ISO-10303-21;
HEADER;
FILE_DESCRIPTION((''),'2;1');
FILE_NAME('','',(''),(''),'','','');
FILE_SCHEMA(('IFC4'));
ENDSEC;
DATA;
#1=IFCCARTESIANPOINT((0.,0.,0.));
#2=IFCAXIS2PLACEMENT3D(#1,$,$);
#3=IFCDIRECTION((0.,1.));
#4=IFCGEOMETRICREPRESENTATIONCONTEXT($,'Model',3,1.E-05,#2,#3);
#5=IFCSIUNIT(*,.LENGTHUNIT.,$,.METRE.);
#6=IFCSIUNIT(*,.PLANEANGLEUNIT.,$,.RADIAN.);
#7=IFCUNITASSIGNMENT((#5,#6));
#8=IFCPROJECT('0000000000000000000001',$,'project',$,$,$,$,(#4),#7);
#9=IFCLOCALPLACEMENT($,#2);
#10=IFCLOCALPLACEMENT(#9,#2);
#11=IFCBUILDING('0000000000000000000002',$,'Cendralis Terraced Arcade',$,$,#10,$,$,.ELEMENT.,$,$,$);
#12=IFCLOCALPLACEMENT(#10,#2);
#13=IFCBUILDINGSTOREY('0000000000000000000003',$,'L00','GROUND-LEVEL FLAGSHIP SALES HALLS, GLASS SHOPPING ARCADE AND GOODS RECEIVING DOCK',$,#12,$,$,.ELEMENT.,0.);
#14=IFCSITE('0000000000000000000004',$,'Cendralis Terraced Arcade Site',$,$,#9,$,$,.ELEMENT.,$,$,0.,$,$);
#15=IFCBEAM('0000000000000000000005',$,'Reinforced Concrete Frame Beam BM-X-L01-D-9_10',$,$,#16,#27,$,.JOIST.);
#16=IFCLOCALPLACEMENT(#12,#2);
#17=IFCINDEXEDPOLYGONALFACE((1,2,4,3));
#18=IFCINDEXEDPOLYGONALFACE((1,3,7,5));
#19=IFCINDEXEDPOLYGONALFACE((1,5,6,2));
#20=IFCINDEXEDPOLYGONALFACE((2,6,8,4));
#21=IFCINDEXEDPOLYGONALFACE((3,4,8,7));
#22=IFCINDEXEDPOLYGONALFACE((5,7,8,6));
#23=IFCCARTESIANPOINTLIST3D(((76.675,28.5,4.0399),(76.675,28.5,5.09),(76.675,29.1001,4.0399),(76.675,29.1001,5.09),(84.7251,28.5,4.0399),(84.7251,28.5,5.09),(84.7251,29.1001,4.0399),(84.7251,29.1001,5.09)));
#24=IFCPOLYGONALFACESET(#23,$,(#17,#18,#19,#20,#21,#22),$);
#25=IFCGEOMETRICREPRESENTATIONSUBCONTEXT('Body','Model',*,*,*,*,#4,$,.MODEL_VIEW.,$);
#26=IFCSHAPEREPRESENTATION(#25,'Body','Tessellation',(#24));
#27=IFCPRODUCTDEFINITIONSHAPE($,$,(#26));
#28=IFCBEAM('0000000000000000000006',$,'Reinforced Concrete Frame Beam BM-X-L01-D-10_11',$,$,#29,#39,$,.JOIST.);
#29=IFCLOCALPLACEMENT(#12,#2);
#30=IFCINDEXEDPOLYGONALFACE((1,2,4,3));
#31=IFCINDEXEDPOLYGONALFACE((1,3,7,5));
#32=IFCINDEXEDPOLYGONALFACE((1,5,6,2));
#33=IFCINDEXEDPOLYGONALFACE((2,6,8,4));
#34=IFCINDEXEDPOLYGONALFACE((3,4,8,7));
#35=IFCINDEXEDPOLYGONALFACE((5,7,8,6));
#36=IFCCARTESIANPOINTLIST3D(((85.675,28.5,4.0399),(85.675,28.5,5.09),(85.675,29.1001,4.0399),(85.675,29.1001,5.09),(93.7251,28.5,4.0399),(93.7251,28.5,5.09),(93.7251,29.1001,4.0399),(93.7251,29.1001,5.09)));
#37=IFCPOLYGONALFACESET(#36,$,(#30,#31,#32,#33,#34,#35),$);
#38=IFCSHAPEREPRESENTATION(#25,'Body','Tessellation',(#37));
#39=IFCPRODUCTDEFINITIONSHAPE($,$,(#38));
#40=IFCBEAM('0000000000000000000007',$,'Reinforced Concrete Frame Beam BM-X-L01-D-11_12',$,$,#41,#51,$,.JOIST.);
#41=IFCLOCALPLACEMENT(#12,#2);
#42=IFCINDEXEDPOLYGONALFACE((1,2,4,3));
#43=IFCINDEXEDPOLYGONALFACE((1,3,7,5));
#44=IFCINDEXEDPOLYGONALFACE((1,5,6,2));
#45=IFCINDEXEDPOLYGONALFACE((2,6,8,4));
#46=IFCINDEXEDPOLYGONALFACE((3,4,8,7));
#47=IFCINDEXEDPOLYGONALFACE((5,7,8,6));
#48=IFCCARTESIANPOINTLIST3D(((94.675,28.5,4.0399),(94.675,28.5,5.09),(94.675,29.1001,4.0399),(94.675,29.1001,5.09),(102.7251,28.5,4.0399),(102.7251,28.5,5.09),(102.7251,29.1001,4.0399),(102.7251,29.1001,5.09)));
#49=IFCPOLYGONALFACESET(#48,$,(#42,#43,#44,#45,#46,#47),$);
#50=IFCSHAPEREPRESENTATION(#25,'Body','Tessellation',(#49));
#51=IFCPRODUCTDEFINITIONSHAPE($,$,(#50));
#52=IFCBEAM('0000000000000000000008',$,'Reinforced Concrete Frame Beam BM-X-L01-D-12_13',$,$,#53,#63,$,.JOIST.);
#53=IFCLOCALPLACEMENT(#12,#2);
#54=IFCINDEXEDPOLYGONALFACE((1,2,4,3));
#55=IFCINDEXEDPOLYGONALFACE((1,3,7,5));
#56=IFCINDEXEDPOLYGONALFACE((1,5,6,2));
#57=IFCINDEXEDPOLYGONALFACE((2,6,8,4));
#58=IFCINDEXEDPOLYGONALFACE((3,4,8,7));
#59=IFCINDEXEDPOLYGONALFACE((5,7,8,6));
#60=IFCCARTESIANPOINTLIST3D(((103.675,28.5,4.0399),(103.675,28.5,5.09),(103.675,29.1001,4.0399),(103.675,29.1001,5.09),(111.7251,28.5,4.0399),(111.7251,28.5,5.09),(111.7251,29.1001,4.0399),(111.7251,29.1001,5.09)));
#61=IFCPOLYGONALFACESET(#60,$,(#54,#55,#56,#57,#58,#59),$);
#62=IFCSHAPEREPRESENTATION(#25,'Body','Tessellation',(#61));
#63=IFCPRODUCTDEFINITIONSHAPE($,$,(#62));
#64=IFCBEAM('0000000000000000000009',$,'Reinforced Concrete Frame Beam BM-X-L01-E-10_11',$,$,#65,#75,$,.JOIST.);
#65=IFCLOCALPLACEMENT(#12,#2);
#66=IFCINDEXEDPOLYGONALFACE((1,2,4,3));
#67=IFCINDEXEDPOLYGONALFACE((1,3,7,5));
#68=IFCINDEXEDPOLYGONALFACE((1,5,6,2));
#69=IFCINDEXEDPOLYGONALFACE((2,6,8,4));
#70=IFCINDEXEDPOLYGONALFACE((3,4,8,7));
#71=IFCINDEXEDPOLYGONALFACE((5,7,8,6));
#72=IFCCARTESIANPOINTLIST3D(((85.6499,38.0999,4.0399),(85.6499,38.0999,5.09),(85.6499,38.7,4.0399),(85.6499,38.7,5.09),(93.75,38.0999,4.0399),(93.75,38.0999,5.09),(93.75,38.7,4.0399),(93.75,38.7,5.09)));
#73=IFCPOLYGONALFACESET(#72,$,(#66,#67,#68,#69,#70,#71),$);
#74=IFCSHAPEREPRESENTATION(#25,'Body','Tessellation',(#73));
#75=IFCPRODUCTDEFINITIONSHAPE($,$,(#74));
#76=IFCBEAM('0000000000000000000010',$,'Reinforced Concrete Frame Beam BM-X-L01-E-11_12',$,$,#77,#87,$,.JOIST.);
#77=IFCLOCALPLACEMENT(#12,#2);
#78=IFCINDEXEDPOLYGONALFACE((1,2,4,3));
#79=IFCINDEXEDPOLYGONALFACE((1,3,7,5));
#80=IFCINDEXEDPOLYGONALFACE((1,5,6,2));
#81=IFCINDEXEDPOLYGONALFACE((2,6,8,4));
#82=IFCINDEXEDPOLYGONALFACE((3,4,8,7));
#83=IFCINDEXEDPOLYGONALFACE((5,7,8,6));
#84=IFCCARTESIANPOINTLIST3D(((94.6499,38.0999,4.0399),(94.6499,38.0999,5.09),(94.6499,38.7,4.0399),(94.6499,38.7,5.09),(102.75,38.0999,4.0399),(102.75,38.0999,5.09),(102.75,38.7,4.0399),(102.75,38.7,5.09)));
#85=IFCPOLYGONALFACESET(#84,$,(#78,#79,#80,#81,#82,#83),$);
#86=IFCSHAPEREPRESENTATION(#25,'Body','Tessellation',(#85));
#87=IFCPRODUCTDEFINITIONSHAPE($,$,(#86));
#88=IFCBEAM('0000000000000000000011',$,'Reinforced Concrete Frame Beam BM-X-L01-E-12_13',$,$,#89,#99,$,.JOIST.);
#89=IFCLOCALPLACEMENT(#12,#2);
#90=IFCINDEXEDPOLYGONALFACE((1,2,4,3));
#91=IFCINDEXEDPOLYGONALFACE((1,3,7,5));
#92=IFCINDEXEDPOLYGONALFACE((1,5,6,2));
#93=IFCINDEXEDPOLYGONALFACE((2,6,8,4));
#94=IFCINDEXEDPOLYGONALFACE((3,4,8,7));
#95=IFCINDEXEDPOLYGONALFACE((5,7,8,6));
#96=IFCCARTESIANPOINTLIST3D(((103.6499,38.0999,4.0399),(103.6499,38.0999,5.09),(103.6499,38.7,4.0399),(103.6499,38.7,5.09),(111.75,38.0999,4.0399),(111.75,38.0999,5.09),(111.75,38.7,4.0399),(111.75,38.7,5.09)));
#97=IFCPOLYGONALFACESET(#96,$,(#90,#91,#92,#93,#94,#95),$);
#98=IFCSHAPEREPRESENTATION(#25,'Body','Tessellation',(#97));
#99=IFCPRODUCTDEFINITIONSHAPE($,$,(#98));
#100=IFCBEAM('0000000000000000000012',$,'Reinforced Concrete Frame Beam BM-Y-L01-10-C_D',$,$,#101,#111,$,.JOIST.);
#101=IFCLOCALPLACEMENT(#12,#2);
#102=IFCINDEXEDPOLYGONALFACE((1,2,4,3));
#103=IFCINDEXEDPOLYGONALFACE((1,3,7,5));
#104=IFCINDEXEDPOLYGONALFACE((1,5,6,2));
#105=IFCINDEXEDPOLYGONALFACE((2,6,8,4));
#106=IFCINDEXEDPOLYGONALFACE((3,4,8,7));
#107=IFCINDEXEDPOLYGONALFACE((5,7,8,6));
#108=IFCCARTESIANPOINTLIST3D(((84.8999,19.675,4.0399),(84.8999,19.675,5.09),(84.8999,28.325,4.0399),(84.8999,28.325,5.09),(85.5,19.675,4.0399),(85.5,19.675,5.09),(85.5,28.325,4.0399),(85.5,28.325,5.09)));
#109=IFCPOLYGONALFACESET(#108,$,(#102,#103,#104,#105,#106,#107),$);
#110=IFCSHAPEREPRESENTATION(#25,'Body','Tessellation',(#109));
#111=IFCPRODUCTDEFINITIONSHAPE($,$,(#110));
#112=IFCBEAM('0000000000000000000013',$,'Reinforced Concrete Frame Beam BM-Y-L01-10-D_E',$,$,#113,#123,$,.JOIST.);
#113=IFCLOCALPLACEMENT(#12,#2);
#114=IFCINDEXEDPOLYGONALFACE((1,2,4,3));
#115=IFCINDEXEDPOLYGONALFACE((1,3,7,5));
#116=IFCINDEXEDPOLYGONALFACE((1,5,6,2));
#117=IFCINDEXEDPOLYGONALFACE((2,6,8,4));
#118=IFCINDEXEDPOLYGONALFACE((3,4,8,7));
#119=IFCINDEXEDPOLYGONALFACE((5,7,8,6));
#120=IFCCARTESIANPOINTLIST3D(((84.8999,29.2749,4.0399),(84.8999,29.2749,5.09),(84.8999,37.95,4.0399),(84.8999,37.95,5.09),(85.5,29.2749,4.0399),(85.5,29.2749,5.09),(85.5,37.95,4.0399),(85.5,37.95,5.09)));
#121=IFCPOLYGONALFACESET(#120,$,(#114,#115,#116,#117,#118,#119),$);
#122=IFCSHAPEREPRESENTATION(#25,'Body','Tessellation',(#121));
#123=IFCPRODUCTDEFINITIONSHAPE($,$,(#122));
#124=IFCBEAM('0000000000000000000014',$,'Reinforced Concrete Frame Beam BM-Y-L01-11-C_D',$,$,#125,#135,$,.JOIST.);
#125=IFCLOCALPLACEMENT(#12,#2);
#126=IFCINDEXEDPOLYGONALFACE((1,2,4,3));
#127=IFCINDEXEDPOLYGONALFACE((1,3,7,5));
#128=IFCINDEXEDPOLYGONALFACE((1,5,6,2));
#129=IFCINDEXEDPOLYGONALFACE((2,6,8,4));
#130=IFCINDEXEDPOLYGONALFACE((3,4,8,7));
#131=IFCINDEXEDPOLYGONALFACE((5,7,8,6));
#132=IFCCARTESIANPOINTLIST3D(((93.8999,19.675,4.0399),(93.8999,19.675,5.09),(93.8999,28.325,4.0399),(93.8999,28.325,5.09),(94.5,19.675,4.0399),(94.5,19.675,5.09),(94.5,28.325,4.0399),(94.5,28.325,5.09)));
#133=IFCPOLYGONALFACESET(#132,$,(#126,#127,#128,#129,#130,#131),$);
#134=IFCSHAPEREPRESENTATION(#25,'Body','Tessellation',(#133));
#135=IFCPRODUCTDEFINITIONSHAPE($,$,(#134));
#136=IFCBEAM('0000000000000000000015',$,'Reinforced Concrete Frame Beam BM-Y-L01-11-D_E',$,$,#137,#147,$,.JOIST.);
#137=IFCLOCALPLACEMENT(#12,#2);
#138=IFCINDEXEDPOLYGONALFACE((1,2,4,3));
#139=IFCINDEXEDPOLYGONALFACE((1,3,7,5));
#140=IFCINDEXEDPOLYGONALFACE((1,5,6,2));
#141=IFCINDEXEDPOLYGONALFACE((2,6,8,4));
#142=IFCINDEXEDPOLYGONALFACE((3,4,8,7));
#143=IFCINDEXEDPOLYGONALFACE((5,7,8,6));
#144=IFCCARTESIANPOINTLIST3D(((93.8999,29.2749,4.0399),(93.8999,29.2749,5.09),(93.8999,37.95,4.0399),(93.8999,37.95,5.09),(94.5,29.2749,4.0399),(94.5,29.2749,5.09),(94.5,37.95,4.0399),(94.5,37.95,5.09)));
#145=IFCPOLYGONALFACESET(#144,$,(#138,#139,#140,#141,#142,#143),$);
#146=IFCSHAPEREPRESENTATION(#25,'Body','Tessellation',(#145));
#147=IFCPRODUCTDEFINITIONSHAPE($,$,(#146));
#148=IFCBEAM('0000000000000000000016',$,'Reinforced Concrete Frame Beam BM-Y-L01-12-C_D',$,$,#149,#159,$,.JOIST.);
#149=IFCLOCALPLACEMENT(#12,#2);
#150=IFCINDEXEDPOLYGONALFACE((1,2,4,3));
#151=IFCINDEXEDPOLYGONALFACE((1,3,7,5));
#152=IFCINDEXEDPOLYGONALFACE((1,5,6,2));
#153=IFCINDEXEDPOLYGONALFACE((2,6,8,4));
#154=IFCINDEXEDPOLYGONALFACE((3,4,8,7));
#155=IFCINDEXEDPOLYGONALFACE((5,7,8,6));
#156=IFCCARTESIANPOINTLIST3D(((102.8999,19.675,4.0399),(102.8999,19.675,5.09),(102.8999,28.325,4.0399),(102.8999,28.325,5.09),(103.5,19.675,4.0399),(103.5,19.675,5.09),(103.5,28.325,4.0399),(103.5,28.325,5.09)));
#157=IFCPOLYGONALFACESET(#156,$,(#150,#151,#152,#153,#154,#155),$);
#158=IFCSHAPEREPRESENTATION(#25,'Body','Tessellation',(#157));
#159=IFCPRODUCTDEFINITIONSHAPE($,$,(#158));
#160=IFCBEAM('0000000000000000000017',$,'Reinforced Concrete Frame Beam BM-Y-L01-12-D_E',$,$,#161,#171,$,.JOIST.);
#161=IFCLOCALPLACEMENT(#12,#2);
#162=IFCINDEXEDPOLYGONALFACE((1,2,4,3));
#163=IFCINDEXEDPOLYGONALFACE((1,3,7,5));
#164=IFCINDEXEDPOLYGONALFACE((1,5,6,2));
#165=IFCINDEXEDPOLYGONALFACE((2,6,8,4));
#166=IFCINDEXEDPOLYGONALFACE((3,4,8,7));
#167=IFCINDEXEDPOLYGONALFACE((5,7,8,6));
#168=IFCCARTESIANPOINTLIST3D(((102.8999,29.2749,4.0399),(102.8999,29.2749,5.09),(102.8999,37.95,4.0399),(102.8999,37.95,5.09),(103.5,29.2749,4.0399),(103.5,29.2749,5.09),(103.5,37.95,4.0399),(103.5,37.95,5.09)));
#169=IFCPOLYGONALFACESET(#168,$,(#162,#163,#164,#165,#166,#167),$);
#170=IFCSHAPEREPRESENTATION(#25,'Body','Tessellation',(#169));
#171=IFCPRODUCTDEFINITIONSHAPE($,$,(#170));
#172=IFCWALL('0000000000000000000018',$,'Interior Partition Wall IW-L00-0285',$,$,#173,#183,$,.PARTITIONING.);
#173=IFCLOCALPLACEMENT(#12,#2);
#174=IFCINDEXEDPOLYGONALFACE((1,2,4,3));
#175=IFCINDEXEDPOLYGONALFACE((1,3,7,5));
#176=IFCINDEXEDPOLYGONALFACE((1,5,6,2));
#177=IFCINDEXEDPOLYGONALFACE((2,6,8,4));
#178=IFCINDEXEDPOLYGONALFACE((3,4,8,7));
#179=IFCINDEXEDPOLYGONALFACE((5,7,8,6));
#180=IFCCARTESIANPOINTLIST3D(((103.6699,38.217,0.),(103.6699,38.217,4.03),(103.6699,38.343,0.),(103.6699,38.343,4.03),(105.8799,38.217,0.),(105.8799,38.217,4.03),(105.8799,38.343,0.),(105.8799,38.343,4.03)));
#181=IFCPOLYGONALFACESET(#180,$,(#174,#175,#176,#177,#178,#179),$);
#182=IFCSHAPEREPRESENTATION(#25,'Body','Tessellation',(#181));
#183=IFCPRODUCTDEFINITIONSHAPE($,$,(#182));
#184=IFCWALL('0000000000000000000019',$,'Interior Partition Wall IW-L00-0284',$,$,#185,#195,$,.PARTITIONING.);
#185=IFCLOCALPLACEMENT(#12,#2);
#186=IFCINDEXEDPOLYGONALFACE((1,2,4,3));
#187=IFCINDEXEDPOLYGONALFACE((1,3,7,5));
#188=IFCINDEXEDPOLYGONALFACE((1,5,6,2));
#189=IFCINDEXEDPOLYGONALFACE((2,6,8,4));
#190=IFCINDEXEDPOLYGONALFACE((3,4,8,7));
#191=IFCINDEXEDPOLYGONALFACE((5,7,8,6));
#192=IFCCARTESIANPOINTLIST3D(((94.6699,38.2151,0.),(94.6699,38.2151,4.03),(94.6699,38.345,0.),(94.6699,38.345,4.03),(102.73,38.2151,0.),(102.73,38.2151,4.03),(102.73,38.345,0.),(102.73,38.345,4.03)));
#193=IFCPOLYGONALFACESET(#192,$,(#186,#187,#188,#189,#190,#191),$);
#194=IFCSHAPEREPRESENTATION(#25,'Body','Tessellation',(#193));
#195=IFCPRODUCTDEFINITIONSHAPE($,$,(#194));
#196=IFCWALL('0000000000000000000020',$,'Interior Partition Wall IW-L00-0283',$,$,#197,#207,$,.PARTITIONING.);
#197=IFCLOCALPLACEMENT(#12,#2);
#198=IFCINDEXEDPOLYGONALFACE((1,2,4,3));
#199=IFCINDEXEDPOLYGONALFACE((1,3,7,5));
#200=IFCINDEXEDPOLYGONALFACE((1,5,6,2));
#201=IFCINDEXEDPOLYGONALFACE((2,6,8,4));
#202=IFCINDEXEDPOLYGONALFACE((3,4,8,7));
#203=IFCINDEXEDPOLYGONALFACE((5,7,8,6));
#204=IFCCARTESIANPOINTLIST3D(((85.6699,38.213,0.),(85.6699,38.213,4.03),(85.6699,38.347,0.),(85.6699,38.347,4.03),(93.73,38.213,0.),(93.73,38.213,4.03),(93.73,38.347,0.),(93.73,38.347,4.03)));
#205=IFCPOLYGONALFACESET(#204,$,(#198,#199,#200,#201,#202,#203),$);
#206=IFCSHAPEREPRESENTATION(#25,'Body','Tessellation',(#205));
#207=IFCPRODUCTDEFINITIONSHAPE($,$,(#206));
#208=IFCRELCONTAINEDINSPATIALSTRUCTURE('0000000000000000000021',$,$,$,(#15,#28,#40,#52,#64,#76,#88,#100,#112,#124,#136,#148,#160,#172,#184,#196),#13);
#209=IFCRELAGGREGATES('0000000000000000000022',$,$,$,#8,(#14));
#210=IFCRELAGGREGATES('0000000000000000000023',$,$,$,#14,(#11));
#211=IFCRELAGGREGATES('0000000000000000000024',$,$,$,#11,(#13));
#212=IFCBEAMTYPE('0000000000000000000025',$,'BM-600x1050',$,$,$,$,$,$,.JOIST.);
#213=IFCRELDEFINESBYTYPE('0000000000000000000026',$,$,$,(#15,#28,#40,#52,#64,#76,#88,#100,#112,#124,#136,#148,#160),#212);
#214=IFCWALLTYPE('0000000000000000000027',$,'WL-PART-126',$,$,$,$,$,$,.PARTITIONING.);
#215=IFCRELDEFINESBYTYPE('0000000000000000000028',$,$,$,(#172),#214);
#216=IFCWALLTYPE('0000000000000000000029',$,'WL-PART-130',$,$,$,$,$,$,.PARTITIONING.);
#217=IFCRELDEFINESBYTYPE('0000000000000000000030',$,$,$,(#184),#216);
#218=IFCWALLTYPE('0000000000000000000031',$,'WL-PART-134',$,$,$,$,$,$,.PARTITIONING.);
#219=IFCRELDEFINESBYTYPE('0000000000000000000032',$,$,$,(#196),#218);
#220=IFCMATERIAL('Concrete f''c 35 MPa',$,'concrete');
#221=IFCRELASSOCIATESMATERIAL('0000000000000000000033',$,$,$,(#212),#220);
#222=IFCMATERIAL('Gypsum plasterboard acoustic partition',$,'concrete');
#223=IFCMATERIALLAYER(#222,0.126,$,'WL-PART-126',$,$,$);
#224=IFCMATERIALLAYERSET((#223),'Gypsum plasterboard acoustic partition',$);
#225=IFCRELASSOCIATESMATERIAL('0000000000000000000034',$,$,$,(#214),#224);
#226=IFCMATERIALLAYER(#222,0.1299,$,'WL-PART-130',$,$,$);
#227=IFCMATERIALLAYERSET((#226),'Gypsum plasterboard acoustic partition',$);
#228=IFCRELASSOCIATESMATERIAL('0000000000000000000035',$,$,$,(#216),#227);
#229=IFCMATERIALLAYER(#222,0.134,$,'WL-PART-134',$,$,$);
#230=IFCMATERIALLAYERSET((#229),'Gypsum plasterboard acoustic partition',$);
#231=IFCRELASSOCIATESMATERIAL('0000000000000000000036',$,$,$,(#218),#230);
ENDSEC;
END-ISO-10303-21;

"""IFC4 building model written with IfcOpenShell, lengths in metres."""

from ifc_helpers import new_model, si_unit, direction, frame, frame_2d, origin, origin_2d, place, context, subcontext, project, spatial, rectangle, extrude, material, layer, layer_set, material_profile, profile_set, type_object, element, save


model = new_model("IFC4")

# Units and contexts
model_context = context("Model", 3, precision=1e-05, world=origin(), true_north=direction((0.0, 1.0)))
body_context = subcontext(model_context, "Body", "Model", "MODEL_VIEW")
ifc_project = project(units=[si_unit("LENGTHUNIT", "METRE"), si_unit("PLANEANGLEUNIT", "RADIAN")], contexts=[model_context])

# Site, building, storey
site_placement = place(None, origin())
site = spatial("IfcSite", under=ifc_project, at=site_placement, Name="Cendralis Terraced Arcade Site", CompositionType="ELEMENT", RefElevation=0.0)
building_placement = place(site_placement, origin())
building = spatial("IfcBuilding", under=site, at=building_placement, Name="Cendralis Terraced Arcade", CompositionType="ELEMENT")
storey_placement = place(building_placement, origin())
storey = spatial("IfcBuildingStorey", under=building, at=storey_placement, Name="L00", Description="GROUND-LEVEL FLAGSHIP SALES HALLS, GLASS SHOPPING ARCADE AND GOODS RECEIVING DOCK", CompositionType="ELEMENT", Elevation=0.0)

# Beams
ifc_material_1 = material(Name="Concrete f'c 35 MPa", Category="concrete")
ifc_material_profile_1 = material_profile(ifc_material_1, rectangle(XDim=0.6001, YDim=1.05, at=origin_2d()), Name="RC-BM-600x1050", Category="LoadBearing")
ifc_profile_set_1 = profile_set([ifc_material_profile_1], Name="Concrete f'c 35 MPa")
beam_type = type_object("IfcBeamType", Name="BM-600x1050", PredefinedType="JOIST", material=ifc_profile_set_1)
for number, where, z_axis, x_axis, name in (
    (1, (76.675, 28.8, 4.5649), (1.0, 0.0, 0.0), (0.0, 1.0, 0.0), "Reinforced Concrete Frame Beam BM-X-L01-D-9_10"),
    (2, (85.675, 28.8, 4.5649), (1.0, 0.0, 0.0), (0.0, 1.0, 0.0), "Reinforced Concrete Frame Beam BM-X-L01-D-10_11"),
    (3, (94.675, 28.8, 4.5649), (1.0, 0.0, 0.0), (0.0, 1.0, 0.0), "Reinforced Concrete Frame Beam BM-X-L01-D-11_12"),
    (4, (103.675, 28.8, 4.5649), (1.0, 0.0, 0.0), (0.0, 1.0, 0.0), "Reinforced Concrete Frame Beam BM-X-L01-D-12_13"),
):
    element("IfcBeam", number, at=place(storey_placement, frame(where, z_axis=z_axis, x_axis=x_axis)), inside=storey, type_object=beam_type, Name=name, PredefinedType="JOIST", context=body_context, shape_type="SweptSolid", body=[
        extrude(rectangle(XDim=0.6001, YDim=1.05, at=origin_2d()), origin(), (0.0, 0.0, 1.0), 8.05),
    ])
for number, where, z_axis, x_axis, name in (
    (5, (85.6499, 38.3999, 4.5649), (1.0, 0.0, 0.0), (0.0, 1.0, 0.0), "Reinforced Concrete Frame Beam BM-X-L01-E-10_11"),
    (6, (94.6499, 38.3999, 4.5649), (1.0, 0.0, 0.0), (0.0, 1.0, 0.0), "Reinforced Concrete Frame Beam BM-X-L01-E-11_12"),
    (7, (103.6499, 38.3999, 4.5649), (1.0, 0.0, 0.0), (0.0, 1.0, 0.0), "Reinforced Concrete Frame Beam BM-X-L01-E-12_13"),
):
    element("IfcBeam", number, at=place(storey_placement, frame(where, z_axis=z_axis, x_axis=x_axis)), inside=storey, type_object=beam_type, Name=name, PredefinedType="JOIST", context=body_context, shape_type="SweptSolid", body=[
        extrude(rectangle(XDim=0.6001, YDim=1.05, at=origin_2d()), origin(), (0.0, 0.0, 1.0), 8.1001),
    ])
beam_1_placement = place(storey_placement, frame((85.2, 19.675, 4.5649), z_axis=(0.0, 1.0, 0.0), x_axis=(-1.0, 0.0, 0.0)))
element("IfcBeam", 8, at=beam_1_placement, inside=storey, type_object=beam_type, Name="Reinforced Concrete Frame Beam BM-Y-L01-10-C_D", PredefinedType="JOIST", context=body_context, shape_type="SweptSolid", body=[
    extrude(rectangle(XDim=0.6001, YDim=1.05, at=origin_2d()), origin(), (0.0, 0.0, 1.0), 8.6499),
])
beam_2_placement = place(storey_placement, frame((85.2, 29.2749, 4.5649), z_axis=(0.0, 1.0, 0.0), x_axis=(-1.0, 0.0, 0.0)))
element("IfcBeam", 9, at=beam_2_placement, inside=storey, type_object=beam_type, Name="Reinforced Concrete Frame Beam BM-Y-L01-10-D_E", PredefinedType="JOIST", context=body_context, shape_type="SweptSolid", body=[
    extrude(rectangle(XDim=0.6001, YDim=1.05, at=origin_2d()), origin(), (0.0, 0.0, 1.0), 8.675),
])
beam_3_placement = place(storey_placement, frame((94.2, 19.675, 4.5649), z_axis=(0.0, 1.0, 0.0), x_axis=(-1.0, 0.0, 0.0)))
element("IfcBeam", 10, at=beam_3_placement, inside=storey, type_object=beam_type, Name="Reinforced Concrete Frame Beam BM-Y-L01-11-C_D", PredefinedType="JOIST", context=body_context, shape_type="SweptSolid", body=[
    extrude(rectangle(XDim=0.6001, YDim=1.05, at=origin_2d()), origin(), (0.0, 0.0, 1.0), 8.6499),
])
beam_4_placement = place(storey_placement, frame((94.2, 29.2749, 4.5649), z_axis=(0.0, 1.0, 0.0), x_axis=(-1.0, 0.0, 0.0)))
element("IfcBeam", 11, at=beam_4_placement, inside=storey, type_object=beam_type, Name="Reinforced Concrete Frame Beam BM-Y-L01-11-D_E", PredefinedType="JOIST", context=body_context, shape_type="SweptSolid", body=[
    extrude(rectangle(XDim=0.6001, YDim=1.05, at=origin_2d()), origin(), (0.0, 0.0, 1.0), 8.675),
])
beam_5_placement = place(storey_placement, frame((103.2, 19.675, 4.5649), z_axis=(0.0, 1.0, 0.0), x_axis=(-1.0, 0.0, 0.0)))
element("IfcBeam", 12, at=beam_5_placement, inside=storey, type_object=beam_type, Name="Reinforced Concrete Frame Beam BM-Y-L01-12-C_D", PredefinedType="JOIST", context=body_context, shape_type="SweptSolid", body=[
    extrude(rectangle(XDim=0.6001, YDim=1.05, at=origin_2d()), origin(), (0.0, 0.0, 1.0), 8.6499),
])
beam_6_placement = place(storey_placement, frame((103.2, 29.2749, 4.5649), z_axis=(0.0, 1.0, 0.0), x_axis=(-1.0, 0.0, 0.0)))
element("IfcBeam", 13, at=beam_6_placement, inside=storey, type_object=beam_type, Name="Reinforced Concrete Frame Beam BM-Y-L01-12-D_E", PredefinedType="JOIST", context=body_context, shape_type="SweptSolid", body=[
    extrude(rectangle(XDim=0.6001, YDim=1.05, at=origin_2d()), origin(), (0.0, 0.0, 1.0), 8.675),
])

# Walls
ifc_material_2 = material(Name="Gypsum plasterboard acoustic partition", Category="concrete")
ifc_layer_1 = layer(ifc_material_2, 0.126, Name="WL-PART-126")
ifc_layer_set_1 = layer_set([ifc_layer_1], Name="Gypsum plasterboard acoustic partition")
wall_type_1 = type_object("IfcWallType", Name="WL-PART-126", PredefinedType="PARTITIONING", material=ifc_layer_set_1)
wall_1_placement = place(storey_placement, frame((103.6699, 38.28, 0.0), z_axis=(0.0, 0.0, 1.0), x_axis=(1.0, 0.0, 0.0)))
element("IfcWall", 14, at=wall_1_placement, inside=storey, type_object=wall_type_1, Name="Interior Partition Wall IW-L00-0285", PredefinedType="PARTITIONING", context=body_context, shape_type="SweptSolid", body=[
    extrude(rectangle(XDim=2.21, YDim=0.126, at=frame_2d((1.105, 0.0))), origin(), (0.0, 0.0, 1.0), 4.03),
])
ifc_layer_2 = layer(ifc_material_2, 0.1299, Name="WL-PART-130")
ifc_layer_set_2 = layer_set([ifc_layer_2], Name="Gypsum plasterboard acoustic partition")
wall_type_2 = type_object("IfcWallType", Name="WL-PART-130", PredefinedType="PARTITIONING", material=ifc_layer_set_2)
wall_2_placement = place(storey_placement, frame((94.6699, 38.28, 0.0), z_axis=(0.0, 0.0, 1.0), x_axis=(1.0, 0.0, 0.0)))
element("IfcWall", 15, at=wall_2_placement, inside=storey, type_object=wall_type_2, Name="Interior Partition Wall IW-L00-0284", PredefinedType="PARTITIONING", context=body_context, shape_type="SweptSolid", body=[
    extrude(rectangle(XDim=8.0601, YDim=0.1299, at=frame_2d((4.03, 0.0))), origin(), (0.0, 0.0, 1.0), 4.03),
])
ifc_layer_3 = layer(ifc_material_2, 0.134, Name="WL-PART-134")
ifc_layer_set_3 = layer_set([ifc_layer_3], Name="Gypsum plasterboard acoustic partition")
wall_type_3 = type_object("IfcWallType", Name="WL-PART-134", PredefinedType="PARTITIONING", material=ifc_layer_set_3)
wall_3_placement = place(storey_placement, frame((85.6699, 38.28, 0.0), z_axis=(0.0, 0.0, 1.0), x_axis=(1.0, 0.0, 0.0)))
element("IfcWall", 16, at=wall_3_placement, inside=storey, type_object=wall_type_3, Name="Interior Partition Wall IW-L00-0283", PredefinedType="PARTITIONING", context=body_context, shape_type="SweptSolid", body=[
    extrude(rectangle(XDim=8.0601, YDim=0.134, at=frame_2d((4.03, 0.0))), origin(), (0.0, 0.0, 1.0), 4.03),
])

save(model, "model.ifc")
